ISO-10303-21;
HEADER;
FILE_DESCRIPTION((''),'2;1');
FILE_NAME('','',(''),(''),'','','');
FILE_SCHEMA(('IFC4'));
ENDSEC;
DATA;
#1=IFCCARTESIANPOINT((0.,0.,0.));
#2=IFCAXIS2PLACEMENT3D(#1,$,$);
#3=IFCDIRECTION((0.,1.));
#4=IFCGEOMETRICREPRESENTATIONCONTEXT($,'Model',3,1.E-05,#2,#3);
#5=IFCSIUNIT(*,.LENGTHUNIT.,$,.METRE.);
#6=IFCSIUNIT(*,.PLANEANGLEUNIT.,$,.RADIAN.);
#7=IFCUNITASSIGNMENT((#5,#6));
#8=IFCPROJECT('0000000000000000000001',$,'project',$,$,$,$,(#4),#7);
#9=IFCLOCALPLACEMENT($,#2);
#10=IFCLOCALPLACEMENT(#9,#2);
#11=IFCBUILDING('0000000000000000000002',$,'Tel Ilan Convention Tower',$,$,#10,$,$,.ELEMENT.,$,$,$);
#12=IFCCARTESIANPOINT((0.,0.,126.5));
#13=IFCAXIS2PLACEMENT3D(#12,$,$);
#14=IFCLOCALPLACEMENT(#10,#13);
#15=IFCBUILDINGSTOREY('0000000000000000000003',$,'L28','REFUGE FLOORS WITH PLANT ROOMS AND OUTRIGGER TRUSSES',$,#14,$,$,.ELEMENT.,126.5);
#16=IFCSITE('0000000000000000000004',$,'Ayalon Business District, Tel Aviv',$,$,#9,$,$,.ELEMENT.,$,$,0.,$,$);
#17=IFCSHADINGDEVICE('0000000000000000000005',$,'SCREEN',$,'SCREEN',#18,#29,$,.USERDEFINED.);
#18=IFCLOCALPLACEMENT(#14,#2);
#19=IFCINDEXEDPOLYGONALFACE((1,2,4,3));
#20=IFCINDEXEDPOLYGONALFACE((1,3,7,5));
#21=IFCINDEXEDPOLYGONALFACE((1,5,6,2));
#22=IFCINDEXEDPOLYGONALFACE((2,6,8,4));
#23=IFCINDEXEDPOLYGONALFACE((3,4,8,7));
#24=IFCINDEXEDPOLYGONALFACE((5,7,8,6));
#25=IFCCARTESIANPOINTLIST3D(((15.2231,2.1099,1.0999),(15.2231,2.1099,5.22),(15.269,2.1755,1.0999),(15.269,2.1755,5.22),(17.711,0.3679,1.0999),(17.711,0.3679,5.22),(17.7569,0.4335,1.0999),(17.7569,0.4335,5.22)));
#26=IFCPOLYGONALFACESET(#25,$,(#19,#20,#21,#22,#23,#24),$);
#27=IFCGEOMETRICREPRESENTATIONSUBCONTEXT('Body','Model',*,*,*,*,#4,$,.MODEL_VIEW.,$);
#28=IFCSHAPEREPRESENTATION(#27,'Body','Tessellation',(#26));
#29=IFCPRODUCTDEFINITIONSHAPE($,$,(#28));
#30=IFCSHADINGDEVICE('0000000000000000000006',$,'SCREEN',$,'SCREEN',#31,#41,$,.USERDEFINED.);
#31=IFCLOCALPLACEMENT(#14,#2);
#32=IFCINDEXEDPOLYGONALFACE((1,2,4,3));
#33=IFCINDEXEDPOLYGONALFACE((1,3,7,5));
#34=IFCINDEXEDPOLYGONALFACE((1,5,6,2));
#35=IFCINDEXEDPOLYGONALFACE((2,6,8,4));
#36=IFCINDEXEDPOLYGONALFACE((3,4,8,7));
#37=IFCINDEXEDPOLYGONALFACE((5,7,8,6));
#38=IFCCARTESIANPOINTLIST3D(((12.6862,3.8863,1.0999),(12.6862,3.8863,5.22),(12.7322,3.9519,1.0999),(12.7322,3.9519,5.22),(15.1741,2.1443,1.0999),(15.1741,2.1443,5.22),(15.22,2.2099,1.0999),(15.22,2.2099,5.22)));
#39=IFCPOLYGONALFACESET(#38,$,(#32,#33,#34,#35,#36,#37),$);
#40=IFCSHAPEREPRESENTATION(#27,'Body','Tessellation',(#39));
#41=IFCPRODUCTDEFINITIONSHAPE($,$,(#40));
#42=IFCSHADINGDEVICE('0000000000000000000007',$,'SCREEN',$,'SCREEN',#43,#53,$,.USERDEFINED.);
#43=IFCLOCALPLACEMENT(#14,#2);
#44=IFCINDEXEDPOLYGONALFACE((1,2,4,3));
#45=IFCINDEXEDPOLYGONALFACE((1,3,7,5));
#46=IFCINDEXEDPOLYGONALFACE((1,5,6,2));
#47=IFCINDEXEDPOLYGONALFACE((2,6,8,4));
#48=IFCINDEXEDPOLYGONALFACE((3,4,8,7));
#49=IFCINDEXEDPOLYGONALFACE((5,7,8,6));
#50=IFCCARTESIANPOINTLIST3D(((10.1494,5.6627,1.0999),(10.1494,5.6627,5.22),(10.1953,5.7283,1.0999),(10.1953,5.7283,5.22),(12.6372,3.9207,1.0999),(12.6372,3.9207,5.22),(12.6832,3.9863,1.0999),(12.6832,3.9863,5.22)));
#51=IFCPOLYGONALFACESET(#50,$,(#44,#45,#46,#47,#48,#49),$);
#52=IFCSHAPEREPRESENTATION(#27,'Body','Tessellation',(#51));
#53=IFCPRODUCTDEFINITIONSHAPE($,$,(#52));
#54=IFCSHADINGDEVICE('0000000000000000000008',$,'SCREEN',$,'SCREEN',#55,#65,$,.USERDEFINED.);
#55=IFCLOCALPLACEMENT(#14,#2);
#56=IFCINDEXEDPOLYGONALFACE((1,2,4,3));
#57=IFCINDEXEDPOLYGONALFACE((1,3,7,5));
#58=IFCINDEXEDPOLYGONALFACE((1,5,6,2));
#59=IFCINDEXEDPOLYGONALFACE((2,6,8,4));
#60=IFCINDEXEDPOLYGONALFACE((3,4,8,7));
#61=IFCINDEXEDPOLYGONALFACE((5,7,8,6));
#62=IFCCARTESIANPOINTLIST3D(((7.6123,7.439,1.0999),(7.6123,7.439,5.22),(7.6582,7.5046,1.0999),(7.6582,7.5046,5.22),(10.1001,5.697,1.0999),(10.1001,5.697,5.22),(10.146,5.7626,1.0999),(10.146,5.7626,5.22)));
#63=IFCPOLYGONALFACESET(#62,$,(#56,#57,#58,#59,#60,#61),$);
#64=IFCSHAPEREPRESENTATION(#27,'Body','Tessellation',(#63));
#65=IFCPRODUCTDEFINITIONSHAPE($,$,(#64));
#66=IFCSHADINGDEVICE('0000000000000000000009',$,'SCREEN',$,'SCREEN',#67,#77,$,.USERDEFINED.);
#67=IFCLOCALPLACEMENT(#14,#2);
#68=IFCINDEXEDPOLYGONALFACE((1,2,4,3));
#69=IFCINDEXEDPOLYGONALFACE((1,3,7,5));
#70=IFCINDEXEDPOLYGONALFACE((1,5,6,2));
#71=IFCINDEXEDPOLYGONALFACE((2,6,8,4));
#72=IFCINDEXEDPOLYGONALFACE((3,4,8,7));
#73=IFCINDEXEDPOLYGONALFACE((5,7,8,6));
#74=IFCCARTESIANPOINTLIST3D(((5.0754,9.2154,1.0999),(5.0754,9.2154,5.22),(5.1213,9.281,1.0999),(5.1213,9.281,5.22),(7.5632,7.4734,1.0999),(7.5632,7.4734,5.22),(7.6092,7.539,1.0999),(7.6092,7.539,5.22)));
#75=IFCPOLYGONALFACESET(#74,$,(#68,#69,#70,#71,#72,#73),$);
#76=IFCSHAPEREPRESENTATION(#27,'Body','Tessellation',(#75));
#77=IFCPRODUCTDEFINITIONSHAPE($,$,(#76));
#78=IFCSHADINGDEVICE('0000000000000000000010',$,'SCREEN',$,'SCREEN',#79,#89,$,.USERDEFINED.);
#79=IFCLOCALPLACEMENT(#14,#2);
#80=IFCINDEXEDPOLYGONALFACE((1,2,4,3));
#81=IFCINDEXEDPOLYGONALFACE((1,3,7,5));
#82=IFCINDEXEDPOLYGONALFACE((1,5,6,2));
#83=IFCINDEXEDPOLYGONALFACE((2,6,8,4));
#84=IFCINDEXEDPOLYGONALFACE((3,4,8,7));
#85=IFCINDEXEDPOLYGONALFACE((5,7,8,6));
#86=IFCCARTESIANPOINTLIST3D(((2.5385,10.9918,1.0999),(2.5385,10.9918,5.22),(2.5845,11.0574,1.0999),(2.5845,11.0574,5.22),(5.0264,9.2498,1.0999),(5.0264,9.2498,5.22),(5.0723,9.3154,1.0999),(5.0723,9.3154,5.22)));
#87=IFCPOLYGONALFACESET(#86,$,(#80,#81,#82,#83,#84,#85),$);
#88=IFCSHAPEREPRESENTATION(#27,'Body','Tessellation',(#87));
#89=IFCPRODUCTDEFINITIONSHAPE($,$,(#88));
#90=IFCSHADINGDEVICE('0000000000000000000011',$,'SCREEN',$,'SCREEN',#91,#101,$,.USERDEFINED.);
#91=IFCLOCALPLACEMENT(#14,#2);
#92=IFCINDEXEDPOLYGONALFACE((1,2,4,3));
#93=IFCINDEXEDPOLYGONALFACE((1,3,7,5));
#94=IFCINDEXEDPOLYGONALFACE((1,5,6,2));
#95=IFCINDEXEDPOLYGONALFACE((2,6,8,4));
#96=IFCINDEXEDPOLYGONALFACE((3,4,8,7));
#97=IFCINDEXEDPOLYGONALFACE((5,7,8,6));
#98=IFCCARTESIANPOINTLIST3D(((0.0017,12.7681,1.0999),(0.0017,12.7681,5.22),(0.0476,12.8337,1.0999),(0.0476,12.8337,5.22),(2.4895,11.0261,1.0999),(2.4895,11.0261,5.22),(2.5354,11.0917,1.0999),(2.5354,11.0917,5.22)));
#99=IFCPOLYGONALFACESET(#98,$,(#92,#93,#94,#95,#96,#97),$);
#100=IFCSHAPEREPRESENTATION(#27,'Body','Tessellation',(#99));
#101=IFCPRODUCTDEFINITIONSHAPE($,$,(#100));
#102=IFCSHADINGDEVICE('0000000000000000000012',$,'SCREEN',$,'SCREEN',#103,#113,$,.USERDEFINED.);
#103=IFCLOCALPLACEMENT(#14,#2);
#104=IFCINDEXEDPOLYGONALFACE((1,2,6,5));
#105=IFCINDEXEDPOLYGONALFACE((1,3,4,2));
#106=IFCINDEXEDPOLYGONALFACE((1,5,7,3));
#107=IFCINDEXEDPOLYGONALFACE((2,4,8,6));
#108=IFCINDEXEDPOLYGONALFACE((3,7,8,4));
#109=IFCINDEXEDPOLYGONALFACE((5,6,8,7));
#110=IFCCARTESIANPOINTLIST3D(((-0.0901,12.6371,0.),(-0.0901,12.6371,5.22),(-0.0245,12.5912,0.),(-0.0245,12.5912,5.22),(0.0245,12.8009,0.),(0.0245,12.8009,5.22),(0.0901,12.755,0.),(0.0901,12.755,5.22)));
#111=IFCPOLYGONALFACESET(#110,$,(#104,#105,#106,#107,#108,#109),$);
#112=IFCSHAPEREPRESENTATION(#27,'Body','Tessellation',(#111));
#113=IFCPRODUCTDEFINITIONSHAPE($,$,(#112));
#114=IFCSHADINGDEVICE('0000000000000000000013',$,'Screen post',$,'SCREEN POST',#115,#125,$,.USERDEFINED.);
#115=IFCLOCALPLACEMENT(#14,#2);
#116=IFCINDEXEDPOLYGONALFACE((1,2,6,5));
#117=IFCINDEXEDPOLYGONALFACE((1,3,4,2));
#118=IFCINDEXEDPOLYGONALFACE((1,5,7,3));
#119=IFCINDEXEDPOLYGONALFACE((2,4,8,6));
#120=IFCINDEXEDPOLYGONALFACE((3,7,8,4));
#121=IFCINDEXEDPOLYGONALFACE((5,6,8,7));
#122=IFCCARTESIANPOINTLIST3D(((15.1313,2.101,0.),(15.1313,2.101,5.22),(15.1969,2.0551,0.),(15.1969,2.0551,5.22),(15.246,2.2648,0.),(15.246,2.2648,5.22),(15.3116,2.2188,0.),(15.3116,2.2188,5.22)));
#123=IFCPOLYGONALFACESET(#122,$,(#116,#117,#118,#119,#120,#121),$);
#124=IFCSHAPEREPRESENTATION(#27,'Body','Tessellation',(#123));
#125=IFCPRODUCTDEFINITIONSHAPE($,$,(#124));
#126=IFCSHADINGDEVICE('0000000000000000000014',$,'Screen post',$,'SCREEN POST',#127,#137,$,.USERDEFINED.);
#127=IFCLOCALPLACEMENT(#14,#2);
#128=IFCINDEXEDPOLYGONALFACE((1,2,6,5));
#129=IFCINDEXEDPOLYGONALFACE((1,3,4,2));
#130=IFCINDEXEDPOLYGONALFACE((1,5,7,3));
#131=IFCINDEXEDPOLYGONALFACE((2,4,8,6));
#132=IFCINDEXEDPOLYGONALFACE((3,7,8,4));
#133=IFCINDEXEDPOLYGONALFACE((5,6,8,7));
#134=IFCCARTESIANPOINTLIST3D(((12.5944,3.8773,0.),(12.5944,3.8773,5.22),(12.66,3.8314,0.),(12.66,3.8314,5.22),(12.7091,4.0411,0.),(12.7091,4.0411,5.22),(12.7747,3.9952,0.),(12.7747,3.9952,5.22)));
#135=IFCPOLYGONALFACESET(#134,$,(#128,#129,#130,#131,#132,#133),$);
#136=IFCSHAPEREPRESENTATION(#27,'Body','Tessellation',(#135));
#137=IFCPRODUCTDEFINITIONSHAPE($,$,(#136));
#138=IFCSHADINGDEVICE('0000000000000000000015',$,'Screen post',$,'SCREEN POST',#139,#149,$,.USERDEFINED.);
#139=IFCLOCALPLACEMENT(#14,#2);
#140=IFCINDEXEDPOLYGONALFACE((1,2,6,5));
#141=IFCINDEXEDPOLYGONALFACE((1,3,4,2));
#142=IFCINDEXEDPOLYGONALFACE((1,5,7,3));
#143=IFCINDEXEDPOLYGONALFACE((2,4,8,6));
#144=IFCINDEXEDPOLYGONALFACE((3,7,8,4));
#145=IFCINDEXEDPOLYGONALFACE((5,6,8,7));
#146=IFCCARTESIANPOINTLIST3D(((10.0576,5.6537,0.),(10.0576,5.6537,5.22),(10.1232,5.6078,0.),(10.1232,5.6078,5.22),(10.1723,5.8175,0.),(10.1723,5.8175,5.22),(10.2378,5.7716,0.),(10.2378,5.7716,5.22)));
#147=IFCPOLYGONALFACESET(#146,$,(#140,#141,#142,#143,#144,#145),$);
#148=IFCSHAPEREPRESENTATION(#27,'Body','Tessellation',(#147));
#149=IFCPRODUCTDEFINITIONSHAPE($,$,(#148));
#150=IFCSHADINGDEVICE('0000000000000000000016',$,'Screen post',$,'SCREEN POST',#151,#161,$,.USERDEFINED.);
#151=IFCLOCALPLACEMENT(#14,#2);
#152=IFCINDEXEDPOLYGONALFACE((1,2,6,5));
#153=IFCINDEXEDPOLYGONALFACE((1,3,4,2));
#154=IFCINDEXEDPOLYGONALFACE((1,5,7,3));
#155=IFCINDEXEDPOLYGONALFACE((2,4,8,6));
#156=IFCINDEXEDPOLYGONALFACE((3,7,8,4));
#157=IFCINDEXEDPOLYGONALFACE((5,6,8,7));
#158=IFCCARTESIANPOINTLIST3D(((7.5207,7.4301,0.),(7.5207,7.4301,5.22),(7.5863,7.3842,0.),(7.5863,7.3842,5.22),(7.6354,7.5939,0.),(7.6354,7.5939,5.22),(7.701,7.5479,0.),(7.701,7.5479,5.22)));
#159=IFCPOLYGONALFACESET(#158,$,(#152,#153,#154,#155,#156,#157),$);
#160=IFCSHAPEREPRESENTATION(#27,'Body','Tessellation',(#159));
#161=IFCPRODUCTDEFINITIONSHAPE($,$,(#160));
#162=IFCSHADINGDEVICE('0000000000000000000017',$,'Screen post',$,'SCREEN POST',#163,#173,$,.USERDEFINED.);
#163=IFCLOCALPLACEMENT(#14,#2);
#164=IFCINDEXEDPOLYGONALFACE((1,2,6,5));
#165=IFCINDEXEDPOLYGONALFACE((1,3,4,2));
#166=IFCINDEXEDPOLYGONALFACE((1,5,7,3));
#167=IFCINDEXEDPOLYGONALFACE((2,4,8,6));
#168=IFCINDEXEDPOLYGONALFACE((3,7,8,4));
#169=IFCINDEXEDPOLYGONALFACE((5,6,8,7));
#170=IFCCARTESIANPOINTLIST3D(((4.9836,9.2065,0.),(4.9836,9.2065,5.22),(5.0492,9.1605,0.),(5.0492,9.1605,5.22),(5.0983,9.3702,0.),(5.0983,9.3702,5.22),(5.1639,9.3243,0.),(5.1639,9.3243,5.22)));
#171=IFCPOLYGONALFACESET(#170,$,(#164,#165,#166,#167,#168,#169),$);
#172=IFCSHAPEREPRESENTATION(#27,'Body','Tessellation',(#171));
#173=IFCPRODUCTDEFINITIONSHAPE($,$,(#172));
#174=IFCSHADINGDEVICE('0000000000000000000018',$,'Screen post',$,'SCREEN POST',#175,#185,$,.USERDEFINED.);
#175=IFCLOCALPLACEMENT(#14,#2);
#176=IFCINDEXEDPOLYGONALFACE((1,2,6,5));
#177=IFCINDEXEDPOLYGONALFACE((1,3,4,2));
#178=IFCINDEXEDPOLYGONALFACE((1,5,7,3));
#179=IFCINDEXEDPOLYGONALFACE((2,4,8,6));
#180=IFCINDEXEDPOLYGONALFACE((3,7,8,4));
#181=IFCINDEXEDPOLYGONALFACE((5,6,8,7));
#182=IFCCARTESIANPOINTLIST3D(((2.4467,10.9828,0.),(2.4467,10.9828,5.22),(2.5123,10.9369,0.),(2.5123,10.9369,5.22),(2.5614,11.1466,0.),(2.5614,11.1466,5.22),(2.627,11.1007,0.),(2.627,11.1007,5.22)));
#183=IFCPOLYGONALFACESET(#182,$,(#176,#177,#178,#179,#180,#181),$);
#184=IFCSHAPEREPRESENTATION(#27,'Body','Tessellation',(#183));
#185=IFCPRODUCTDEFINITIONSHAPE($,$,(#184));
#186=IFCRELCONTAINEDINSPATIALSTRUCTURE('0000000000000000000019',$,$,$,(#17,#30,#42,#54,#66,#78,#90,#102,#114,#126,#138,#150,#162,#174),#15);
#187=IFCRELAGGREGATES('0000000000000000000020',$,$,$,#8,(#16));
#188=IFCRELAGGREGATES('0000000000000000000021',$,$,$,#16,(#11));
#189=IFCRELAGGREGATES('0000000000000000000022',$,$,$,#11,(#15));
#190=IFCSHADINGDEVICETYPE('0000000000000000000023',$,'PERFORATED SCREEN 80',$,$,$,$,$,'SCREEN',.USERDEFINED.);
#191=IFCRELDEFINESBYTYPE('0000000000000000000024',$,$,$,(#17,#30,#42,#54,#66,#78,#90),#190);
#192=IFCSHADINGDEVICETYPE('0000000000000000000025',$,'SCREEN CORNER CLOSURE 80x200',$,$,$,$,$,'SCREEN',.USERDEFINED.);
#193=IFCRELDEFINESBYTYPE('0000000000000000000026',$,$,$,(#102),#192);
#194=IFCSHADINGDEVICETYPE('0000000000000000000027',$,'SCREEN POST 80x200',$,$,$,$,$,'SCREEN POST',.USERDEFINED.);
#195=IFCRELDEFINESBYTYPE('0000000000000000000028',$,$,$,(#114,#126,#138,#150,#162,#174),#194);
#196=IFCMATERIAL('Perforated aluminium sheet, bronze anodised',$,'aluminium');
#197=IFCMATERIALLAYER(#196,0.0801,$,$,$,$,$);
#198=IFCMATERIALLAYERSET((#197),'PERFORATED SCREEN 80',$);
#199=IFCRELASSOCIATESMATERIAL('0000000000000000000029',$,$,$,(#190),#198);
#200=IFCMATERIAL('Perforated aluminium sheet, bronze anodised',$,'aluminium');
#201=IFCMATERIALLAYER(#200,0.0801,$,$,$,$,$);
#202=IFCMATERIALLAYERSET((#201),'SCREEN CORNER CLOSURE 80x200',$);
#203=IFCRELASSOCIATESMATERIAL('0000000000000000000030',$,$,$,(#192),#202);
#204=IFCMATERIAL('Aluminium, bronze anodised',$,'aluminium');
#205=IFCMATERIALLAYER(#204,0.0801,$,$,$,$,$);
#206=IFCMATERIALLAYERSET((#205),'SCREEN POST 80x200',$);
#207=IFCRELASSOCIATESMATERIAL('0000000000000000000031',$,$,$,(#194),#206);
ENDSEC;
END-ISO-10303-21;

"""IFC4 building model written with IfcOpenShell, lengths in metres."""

from ifc_helpers import new_model, si_unit, direction, frame, origin, origin_2d, place, context, subcontext, project, spatial, rectangle, extrude, material, layer, layer_set, type_object, element, save


model = new_model("IFC4")

# Units and contexts
model_context = context("Model", 3, precision=1e-05, world=origin(), true_north=direction((0.0, 1.0)))
body_context = subcontext(model_context, "Body", "Model", "MODEL_VIEW")
ifc_project = project(units=[si_unit("LENGTHUNIT", "METRE"), si_unit("PLANEANGLEUNIT", "RADIAN")], contexts=[model_context])

# Site, building, storey
site_placement = place(None, origin())
site = spatial("IfcSite", under=ifc_project, at=site_placement, Name="Ayalon Business District, Tel Aviv", CompositionType="ELEMENT", RefElevation=0.0)
building_placement = place(site_placement, origin())
building = spatial("IfcBuilding", under=site, at=building_placement, Name="Tel Ilan Convention Tower", CompositionType="ELEMENT")
storey_placement = place(building_placement, frame((0.0, 0.0, 126.5)))
storey = spatial("IfcBuildingStorey", under=building, at=storey_placement, Name="L28", Description="REFUGE FLOORS WITH PLANT ROOMS AND OUTRIGGER TRUSSES", CompositionType="ELEMENT", Elevation=126.5)

# Shading devices
ifc_material_1 = material(Name="Perforated aluminium sheet, bronze anodised", Category="aluminium")
ifc_layer_1 = layer(ifc_material_1, 0.0801)
ifc_layer_set_1 = layer_set([ifc_layer_1], Name="PERFORATED SCREEN 80")
shading_device_type_1 = type_object("IfcShadingDeviceType", Name="PERFORATED SCREEN 80", ElementType="SCREEN", PredefinedType="USERDEFINED", material=ifc_layer_set_1)
for number, where, z_axis, x_axis, name in (
    (1, (16.49, 1.2717, 1.0999), (0.0, 0.0, 1.0), (-0.819152, 0.573576, 0.0), "SCREEN"),
    (2, (13.9531, 3.0481, 1.0999), (0.0, 0.0, 1.0), (-0.819152, 0.573576, 0.0), "SCREEN"),
    (3, (11.4163, 4.8245, 1.0999), (0.0, 0.0, 1.0), (-0.819152, 0.573576, 0.0), "SCREEN"),
    (4, (8.8792, 6.6008, 1.0999), (0.0, 0.0, 1.0), (-0.819152, 0.573576, 0.0), "SCREEN"),
    (5, (6.3423, 8.3772, 1.0999), (0.0, 0.0, 1.0), (-0.819152, 0.573576, 0.0), "SCREEN"),
    (6, (3.8054, 10.1536, 1.0999), (0.0, 0.0, 1.0), (-0.819152, 0.573576, 0.0), "SCREEN"),
    (7, (1.2686, 11.9299, 1.0999), (0.0, 0.0, 1.0), (-0.819152, 0.573576, 0.0), "SCREEN"),
):
    element("IfcShadingDevice", number, at=place(storey_placement, frame(where, z_axis=z_axis, x_axis=x_axis)), inside=storey, type_object=shading_device_type_1, Name=name, ObjectType="SCREEN", PredefinedType="USERDEFINED", context=body_context, shape_type="SweptSolid", body=[
        extrude(rectangle(XDim=3.0371, YDim=0.0801, at=origin_2d()), origin(), (0.0, 0.0, 1.0), 4.1201),
    ])

# Shading devices
ifc_material_2 = material(Name="Perforated aluminium sheet, bronze anodised", Category="aluminium")
ifc_layer_2 = layer(ifc_material_2, 0.0801)
ifc_layer_set_2 = layer_set([ifc_layer_2], Name="SCREEN CORNER CLOSURE 80x200")
shading_device_type_2 = type_object("IfcShadingDeviceType", Name="SCREEN CORNER CLOSURE 80x200", ElementType="SCREEN", PredefinedType="USERDEFINED", material=ifc_layer_set_2)
shading_device_placement = place(storey_placement, frame((0.0, 12.696, 0.0), z_axis=(0.0, 0.0, 1.0), x_axis=(-0.819152, 0.573576, 0.0)))
element("IfcShadingDevice", 8, at=shading_device_placement, inside=storey, type_object=shading_device_type_2, Name="SCREEN", ObjectType="SCREEN", PredefinedType="USERDEFINED", context=body_context, shape_type="SweptSolid", body=[
    extrude(rectangle(XDim=0.0801, YDim=0.2, at=origin_2d()), origin(), (0.0, 0.0, 1.0), 5.22),
])
ifc_material_3 = material(Name="Aluminium, bronze anodised", Category="aluminium")
ifc_layer_3 = layer(ifc_material_3, 0.0801)
ifc_layer_set_3 = layer_set([ifc_layer_3], Name="SCREEN POST 80x200")
shading_device_type_3 = type_object("IfcShadingDeviceType", Name="SCREEN POST 80x200", ElementType="SCREEN POST", PredefinedType="USERDEFINED", material=ifc_layer_set_3)
for number, where, z_axis, x_axis, name in (
    (9, (15.2214, 2.1599, 0.0), (0.0, 0.0, 1.0), (-0.819152, 0.573576, 0.0), "Screen post"),
    (10, (12.6846, 3.9363, 0.0), (0.0, 0.0, 1.0), (-0.819152, 0.573576, 0.0), "Screen post"),
    (11, (10.1477, 5.7126, 0.0), (0.0, 0.0, 1.0), (-0.819152, 0.573576, 0.0), "Screen post"),
    (12, (7.6108, 7.489, 0.0), (0.0, 0.0, 1.0), (-0.819152, 0.573576, 0.0), "Screen post"),
    (13, (5.0737, 9.2654, 0.0), (0.0, 0.0, 1.0), (-0.819152, 0.573576, 0.0), "Screen post"),
    (14, (2.5369, 11.0417, 0.0), (0.0, 0.0, 1.0), (-0.819152, 0.573576, 0.0), "Screen post"),
):
    element("IfcShadingDevice", number, at=place(storey_placement, frame(where, z_axis=z_axis, x_axis=x_axis)), inside=storey, type_object=shading_device_type_3, Name=name, ObjectType="SCREEN POST", PredefinedType="USERDEFINED", context=body_context, shape_type="SweptSolid", body=[
        extrude(rectangle(XDim=0.0801, YDim=0.2, at=origin_2d()), origin(), (0.0, 0.0, 1.0), 5.22),
    ])

save(model, "model.ifc")
